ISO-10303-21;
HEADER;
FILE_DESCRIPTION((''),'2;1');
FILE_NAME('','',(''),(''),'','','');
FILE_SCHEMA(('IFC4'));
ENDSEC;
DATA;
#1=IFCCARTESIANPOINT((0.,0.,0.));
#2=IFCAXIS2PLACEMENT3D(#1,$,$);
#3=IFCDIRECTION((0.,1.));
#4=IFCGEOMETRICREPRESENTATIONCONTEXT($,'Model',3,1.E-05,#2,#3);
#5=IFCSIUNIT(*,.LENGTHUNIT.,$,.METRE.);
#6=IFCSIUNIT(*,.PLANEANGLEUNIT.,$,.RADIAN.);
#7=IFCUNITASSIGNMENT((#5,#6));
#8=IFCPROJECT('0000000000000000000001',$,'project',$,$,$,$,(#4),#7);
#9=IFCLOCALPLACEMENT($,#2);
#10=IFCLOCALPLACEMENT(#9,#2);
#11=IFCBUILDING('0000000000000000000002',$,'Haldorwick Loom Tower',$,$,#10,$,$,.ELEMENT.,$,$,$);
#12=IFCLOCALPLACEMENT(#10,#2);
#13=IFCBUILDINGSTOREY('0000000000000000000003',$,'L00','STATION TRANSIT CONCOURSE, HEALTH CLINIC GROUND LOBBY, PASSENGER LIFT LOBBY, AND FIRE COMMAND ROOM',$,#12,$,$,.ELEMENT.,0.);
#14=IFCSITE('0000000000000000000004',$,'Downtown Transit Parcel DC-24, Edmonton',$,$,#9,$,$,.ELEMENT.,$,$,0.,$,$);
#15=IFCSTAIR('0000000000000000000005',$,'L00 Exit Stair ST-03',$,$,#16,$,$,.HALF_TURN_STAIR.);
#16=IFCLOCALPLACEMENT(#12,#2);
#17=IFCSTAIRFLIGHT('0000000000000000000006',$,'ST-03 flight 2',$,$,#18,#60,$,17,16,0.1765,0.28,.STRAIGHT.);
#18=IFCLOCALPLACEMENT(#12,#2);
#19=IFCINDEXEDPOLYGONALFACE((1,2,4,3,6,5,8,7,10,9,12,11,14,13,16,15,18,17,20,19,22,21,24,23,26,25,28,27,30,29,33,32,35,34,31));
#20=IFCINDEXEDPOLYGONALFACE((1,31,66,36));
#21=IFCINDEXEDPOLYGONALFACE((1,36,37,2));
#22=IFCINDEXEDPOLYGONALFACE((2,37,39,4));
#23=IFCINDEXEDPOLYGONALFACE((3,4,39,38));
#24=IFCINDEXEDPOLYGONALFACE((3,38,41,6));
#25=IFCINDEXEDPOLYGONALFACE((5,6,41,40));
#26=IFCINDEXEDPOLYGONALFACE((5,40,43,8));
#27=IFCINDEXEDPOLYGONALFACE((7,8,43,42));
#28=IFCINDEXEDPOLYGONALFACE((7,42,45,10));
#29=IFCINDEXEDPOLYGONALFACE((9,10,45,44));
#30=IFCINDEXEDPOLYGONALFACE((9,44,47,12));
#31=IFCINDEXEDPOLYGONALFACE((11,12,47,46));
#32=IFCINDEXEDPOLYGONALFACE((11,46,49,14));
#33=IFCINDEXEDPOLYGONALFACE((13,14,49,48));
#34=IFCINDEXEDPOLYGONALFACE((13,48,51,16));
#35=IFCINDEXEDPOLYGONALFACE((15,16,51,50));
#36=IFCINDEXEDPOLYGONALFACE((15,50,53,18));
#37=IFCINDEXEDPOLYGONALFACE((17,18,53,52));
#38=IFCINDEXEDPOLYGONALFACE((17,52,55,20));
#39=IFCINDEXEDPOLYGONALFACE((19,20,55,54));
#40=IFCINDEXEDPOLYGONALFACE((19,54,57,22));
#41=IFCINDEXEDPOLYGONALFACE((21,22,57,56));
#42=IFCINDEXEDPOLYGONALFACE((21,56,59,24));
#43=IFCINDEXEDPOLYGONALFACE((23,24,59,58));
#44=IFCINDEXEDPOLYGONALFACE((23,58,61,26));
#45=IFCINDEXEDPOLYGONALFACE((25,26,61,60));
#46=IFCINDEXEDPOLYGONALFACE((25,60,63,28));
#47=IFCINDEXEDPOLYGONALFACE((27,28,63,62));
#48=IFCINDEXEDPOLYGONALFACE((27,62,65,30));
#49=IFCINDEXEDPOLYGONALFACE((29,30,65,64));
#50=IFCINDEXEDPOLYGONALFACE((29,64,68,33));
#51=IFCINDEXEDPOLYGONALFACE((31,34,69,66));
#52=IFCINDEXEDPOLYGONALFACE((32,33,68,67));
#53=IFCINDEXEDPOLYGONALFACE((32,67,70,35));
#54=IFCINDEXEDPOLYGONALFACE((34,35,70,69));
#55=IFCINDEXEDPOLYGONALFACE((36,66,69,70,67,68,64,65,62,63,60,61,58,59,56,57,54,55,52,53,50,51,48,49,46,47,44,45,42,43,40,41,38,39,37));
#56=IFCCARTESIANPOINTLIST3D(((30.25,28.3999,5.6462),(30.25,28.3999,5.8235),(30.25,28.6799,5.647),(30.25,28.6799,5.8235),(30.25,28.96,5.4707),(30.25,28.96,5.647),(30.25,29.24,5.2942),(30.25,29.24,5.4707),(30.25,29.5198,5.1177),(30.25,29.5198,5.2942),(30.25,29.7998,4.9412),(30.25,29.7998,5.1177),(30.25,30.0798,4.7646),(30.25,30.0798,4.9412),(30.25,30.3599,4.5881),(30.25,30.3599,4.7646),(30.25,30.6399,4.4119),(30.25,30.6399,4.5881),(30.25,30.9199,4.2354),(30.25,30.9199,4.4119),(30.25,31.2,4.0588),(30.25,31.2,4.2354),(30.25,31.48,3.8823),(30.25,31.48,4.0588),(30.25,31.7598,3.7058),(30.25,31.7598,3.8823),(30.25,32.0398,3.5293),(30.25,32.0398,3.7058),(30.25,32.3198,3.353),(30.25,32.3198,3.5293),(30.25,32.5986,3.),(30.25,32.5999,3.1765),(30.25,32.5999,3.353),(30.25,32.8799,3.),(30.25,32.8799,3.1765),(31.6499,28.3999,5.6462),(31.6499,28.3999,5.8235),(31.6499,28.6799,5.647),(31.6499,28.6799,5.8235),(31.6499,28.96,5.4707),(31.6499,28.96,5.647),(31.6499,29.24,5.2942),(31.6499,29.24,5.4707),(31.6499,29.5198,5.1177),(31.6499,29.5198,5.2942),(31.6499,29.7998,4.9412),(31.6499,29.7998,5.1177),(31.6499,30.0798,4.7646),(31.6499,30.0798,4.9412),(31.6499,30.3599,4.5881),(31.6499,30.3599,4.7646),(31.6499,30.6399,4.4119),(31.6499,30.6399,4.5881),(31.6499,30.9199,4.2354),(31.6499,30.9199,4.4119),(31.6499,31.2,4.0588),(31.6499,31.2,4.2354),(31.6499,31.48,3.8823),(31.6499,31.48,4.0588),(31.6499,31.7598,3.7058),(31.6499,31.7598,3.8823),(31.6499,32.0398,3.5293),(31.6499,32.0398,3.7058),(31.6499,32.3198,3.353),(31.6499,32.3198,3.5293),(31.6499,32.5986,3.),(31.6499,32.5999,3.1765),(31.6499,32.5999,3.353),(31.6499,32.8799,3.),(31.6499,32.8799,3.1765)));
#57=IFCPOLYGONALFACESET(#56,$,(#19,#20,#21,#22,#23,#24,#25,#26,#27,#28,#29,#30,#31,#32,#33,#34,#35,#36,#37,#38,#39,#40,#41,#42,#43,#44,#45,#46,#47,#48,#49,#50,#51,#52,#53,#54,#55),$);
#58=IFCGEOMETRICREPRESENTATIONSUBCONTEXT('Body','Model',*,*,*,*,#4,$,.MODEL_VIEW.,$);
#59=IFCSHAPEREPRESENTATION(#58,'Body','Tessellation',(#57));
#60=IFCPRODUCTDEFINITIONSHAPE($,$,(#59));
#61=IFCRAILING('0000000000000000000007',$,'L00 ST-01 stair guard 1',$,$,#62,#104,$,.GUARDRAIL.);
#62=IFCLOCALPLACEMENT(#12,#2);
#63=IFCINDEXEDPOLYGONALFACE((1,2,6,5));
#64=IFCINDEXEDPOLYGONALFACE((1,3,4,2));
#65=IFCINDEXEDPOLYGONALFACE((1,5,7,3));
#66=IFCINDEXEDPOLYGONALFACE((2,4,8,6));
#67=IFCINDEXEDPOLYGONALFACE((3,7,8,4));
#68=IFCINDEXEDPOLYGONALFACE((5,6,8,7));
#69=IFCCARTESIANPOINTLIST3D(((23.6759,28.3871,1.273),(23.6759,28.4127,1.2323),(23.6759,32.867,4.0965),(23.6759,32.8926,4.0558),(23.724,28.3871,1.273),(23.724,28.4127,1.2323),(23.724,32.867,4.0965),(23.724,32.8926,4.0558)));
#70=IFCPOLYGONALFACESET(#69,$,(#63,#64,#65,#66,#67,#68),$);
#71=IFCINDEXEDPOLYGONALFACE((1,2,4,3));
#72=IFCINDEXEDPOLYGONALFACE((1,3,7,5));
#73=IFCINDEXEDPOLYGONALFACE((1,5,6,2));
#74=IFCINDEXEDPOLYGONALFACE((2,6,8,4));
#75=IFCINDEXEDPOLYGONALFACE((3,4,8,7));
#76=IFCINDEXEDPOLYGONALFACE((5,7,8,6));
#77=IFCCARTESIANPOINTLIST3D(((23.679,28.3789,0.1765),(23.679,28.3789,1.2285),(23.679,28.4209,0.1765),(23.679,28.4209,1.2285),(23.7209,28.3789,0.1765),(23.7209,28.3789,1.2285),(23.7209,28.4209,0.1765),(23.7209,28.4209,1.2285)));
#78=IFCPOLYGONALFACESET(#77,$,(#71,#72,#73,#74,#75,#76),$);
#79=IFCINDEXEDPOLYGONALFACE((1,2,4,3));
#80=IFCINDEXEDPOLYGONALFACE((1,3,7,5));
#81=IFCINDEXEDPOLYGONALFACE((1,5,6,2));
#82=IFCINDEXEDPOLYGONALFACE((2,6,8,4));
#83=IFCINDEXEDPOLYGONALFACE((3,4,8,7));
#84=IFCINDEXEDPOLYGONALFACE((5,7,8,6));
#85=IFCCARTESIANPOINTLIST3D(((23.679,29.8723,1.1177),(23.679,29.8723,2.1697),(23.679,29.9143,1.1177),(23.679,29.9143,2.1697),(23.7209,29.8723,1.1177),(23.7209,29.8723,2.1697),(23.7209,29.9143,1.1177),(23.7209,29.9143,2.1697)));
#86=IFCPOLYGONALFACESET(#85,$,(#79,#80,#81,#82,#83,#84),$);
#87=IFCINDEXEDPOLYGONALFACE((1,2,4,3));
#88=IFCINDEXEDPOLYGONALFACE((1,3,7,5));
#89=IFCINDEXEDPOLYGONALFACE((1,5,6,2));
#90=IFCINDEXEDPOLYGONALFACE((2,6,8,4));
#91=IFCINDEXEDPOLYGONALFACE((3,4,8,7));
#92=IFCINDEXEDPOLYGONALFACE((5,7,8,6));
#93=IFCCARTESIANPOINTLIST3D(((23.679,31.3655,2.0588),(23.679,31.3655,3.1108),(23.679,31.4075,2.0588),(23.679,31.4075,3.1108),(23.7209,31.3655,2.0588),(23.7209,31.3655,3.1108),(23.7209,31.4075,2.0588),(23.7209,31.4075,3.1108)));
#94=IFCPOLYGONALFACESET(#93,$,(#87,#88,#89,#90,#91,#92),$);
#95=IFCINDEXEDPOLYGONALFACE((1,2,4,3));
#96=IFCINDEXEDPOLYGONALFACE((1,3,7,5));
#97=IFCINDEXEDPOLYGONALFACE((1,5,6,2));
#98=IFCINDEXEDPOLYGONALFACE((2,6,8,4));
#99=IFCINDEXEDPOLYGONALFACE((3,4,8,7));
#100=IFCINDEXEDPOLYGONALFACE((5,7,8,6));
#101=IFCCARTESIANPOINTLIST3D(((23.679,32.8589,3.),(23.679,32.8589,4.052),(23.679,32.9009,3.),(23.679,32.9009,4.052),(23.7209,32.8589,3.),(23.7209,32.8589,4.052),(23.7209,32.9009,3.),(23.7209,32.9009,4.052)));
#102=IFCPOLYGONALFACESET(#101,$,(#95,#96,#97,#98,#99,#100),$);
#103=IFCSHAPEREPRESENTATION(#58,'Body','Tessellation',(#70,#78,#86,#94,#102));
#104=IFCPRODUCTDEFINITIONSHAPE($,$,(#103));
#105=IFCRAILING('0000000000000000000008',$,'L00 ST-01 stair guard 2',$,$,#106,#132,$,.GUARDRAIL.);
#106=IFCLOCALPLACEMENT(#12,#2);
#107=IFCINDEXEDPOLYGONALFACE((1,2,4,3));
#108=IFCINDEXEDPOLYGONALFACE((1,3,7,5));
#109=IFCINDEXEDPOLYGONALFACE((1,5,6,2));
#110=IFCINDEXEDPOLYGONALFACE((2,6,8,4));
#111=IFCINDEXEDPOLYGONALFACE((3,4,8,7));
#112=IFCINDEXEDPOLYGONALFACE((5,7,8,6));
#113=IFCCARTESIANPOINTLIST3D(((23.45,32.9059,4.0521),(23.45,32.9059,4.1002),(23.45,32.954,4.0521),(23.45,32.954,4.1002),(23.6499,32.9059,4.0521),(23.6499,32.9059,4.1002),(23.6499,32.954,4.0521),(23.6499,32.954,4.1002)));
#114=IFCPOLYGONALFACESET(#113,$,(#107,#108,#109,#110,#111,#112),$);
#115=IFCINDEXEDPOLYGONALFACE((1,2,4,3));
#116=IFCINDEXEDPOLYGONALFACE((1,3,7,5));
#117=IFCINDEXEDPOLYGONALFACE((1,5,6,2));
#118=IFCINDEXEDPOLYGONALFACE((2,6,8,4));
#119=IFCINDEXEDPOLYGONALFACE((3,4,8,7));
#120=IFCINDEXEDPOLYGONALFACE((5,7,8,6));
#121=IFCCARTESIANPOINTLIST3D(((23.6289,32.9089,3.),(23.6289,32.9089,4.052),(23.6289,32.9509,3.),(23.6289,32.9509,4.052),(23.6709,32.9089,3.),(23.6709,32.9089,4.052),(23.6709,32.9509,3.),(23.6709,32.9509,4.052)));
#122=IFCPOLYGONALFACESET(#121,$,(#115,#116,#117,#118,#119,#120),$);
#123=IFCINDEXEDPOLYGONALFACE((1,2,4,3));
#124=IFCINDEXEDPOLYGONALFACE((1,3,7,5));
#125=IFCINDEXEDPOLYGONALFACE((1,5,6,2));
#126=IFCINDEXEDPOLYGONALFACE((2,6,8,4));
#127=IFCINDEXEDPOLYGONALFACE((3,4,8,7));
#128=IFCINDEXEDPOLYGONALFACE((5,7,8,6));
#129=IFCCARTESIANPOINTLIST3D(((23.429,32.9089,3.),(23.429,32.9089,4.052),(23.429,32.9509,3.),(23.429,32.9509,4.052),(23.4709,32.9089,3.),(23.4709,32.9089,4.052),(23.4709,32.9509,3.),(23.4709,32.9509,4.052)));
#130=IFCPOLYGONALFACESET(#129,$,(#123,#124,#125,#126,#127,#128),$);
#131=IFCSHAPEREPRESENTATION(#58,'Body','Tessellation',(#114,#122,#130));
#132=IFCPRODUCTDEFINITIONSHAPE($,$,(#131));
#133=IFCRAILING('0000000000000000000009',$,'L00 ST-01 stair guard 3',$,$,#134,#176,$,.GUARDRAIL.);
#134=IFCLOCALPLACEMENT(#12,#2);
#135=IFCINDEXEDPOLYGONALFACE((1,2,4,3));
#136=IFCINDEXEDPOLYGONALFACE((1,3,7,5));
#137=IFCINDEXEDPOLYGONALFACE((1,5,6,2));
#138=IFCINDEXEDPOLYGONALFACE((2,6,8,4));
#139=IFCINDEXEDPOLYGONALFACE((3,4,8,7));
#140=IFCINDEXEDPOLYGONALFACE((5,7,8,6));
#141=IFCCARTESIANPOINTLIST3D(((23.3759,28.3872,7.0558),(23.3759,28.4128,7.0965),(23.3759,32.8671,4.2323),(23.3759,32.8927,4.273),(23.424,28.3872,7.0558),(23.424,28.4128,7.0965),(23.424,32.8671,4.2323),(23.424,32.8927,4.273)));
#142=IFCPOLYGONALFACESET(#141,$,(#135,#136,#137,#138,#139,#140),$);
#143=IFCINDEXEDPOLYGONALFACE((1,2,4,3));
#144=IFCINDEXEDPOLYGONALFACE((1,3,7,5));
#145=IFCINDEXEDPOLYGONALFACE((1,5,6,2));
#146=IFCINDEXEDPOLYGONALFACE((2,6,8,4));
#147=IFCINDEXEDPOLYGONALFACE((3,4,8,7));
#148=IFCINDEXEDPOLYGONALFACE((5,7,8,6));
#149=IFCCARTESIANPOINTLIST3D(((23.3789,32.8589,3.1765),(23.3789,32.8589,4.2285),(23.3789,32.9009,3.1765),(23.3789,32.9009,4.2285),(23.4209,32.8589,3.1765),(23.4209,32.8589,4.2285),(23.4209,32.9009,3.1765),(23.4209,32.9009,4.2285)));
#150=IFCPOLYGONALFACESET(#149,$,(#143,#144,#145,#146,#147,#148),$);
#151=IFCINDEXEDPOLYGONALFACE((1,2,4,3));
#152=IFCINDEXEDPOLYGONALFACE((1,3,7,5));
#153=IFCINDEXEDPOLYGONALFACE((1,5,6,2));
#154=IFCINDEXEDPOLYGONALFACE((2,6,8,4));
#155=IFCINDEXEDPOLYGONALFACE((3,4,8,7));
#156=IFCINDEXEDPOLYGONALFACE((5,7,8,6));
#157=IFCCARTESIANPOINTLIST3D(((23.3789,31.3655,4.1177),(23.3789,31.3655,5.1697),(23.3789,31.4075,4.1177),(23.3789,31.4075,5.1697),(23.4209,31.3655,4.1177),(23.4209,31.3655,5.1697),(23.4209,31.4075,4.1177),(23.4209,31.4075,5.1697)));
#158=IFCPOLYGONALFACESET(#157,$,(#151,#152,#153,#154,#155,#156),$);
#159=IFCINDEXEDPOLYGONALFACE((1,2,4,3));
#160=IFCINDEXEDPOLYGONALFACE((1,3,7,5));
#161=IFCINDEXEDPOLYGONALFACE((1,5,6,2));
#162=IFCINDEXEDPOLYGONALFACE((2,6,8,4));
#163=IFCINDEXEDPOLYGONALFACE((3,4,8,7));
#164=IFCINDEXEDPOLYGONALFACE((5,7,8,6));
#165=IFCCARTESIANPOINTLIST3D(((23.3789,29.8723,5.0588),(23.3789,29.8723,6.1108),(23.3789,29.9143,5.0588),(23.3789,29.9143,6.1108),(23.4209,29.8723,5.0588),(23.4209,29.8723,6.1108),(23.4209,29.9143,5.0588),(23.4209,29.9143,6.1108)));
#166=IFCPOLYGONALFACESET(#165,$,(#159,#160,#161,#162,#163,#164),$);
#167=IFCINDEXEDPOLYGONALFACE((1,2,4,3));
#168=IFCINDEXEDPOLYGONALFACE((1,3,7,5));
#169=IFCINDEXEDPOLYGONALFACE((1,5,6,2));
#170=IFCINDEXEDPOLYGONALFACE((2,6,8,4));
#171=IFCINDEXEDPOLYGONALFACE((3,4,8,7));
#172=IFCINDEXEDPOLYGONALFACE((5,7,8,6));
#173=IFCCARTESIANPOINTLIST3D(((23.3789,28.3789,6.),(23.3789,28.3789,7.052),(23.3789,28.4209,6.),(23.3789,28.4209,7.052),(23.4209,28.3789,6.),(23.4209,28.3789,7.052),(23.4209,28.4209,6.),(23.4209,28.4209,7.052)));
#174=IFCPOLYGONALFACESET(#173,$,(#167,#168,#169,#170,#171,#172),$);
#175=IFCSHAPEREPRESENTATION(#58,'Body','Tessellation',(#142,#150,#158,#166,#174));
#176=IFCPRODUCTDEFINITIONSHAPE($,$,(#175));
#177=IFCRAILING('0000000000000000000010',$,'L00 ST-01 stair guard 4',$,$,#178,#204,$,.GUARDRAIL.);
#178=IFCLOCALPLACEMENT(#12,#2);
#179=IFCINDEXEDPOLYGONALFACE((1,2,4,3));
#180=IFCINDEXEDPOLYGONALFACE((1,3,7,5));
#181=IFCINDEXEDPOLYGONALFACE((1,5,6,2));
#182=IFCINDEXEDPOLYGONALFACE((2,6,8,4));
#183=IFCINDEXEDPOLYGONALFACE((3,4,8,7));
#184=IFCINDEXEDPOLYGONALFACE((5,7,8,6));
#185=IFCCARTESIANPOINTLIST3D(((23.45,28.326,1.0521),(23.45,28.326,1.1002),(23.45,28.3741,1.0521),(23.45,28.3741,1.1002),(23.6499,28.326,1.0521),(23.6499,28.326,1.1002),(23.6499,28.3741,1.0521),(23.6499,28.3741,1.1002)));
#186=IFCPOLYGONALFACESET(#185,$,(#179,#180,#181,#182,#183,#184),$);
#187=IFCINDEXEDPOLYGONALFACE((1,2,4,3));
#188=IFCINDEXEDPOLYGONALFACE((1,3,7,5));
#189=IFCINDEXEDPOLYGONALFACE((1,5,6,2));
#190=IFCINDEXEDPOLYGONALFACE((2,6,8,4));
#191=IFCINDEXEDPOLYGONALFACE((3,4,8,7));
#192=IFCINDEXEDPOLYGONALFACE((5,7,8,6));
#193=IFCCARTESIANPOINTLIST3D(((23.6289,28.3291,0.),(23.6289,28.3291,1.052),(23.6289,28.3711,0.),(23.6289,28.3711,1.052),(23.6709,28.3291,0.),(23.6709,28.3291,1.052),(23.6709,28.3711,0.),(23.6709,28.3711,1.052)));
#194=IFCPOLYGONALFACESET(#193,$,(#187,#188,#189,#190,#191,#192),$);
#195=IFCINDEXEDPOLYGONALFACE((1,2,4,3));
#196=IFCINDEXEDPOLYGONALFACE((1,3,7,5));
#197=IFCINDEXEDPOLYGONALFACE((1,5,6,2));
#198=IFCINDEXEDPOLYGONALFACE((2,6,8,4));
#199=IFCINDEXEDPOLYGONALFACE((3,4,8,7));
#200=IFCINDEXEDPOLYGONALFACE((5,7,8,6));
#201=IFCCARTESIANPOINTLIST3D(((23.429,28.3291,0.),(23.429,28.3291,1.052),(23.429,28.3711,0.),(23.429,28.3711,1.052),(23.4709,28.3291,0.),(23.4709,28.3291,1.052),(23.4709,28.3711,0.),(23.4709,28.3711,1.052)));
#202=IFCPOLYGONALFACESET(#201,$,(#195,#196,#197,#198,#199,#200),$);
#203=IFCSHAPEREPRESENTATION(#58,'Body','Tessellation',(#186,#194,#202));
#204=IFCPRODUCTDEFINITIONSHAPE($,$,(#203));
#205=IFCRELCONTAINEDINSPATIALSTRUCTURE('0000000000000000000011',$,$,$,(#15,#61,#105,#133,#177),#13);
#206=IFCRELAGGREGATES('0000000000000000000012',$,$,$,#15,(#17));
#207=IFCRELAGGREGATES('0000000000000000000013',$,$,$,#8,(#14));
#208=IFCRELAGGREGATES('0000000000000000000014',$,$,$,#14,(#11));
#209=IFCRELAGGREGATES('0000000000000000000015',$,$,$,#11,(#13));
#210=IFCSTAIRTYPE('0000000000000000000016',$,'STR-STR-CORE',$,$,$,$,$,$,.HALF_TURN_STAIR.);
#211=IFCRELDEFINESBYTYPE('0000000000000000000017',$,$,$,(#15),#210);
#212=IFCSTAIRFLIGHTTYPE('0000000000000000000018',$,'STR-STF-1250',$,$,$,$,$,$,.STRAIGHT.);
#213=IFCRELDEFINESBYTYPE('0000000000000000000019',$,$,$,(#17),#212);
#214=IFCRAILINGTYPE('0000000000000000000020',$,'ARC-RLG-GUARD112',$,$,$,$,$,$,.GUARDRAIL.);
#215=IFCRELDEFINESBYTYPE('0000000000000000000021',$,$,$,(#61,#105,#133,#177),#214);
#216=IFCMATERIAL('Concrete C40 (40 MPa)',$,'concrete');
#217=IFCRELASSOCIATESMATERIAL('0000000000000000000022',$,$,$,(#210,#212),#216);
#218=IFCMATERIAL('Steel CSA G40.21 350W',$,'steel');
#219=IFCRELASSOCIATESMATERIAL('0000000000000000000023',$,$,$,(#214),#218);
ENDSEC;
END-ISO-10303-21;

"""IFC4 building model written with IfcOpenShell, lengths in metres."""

from ifc_helpers import new_model, si_unit, direction, frame, origin, origin_2d, place, context, subcontext, project, spatial, polyline, rectangle, outline, extrude, material, type_object, element, aggregate, save


model = new_model("IFC4")

# Units and contexts
model_context = context("Model", 3, precision=1e-05, world=origin(), true_north=direction((0.0, 1.0)))
body_context = subcontext(model_context, "Body", "Model", "MODEL_VIEW")
ifc_project = project(units=[si_unit("LENGTHUNIT", "METRE"), si_unit("PLANEANGLEUNIT", "RADIAN")], contexts=[model_context])

# Site, building, storey
site_placement = place(None, origin())
site = spatial("IfcSite", under=ifc_project, at=site_placement, Name="Downtown Transit Parcel DC-24, Edmonton", CompositionType="ELEMENT", RefElevation=0.0)
building_placement = place(site_placement, origin())
building = spatial("IfcBuilding", under=site, at=building_placement, Name="Haldorwick Loom Tower", CompositionType="ELEMENT")
storey_placement = place(building_placement, origin())
storey = spatial("IfcBuildingStorey", under=building, at=storey_placement, Name="L00", Description="STATION TRANSIT CONCOURSE, HEALTH CLINIC GROUND LOBBY, PASSENGER LIFT LOBBY, AND FIRE COMMAND ROOM", CompositionType="ELEMENT", Elevation=0.0)

# Shared definitions
ifc_material_1 = material(Name="Steel CSA G40.21 350W", Category="steel")

# Stair, stair flight
ifc_material_2 = material(Name="Concrete C40 (40 MPa)", Category="concrete")
stair_type = type_object("IfcStairType", Name="STR-STR-CORE", PredefinedType="HALF_TURN_STAIR", material=ifc_material_2)
stair_flight_type = type_object("IfcStairFlightType", Name="STR-STF-1250", PredefinedType="STRAIGHT", material=ifc_material_2)
stair_1_placement = place(storey_placement, origin())
stair_1 = element("IfcStair", 1, at=stair_1_placement, inside=storey, type_object=stair_type, Name="L00 Exit Stair ST-03", PredefinedType="HALF_TURN_STAIR")
stair_flight_1_placement = place(storey_placement, frame((30.95, 32.8799, 3.0), z_axis=(0.0, 0.0, 1.0), x_axis=(0.0, -1.0, 0.0)))
stair_flight_1 = element("IfcStairFlight", 2, at=stair_flight_1_placement, type_object=stair_flight_type, Name="ST-03 flight 2", NumberOfRisers=17, NumberOfTreads=16, PredefinedType="STRAIGHT", RiserHeight=0.1765, TreadLength=0.28, context=body_context, shape_type="SweptSolid", body=[
    extrude(outline(polyline([(0.0, 0.0), (0.0, 0.1765), (0.28, 0.1765), (0.28, 0.353), (0.5601, 0.353), (0.5601, 0.5293), (0.8401, 0.5293), (0.8401, 0.7058), (1.1201, 0.7058), (1.1201, 0.8823), (1.3999, 0.8823), (1.3999, 1.0588), (1.6799, 1.0588), (1.6799, 1.2354), (1.96, 1.2354), (1.96, 1.4119), (2.24, 1.4119), (2.24, 1.5881), (2.52, 1.5881), (2.52, 1.7646), (2.8, 1.7646), (2.8, 1.9412), (3.0801, 1.9412), (3.0801, 2.1177), (3.3601, 2.1177), (3.3601, 2.2942), (3.6399, 2.2942), (3.6399, 2.4707), (3.9199, 2.4707), (3.9199, 2.647), (4.2, 2.647), (4.2, 2.8235), (4.48, 2.8235), (4.48, 3.0), (4.48, 2.6462), (0.2812, 0.0), (0.0, 0.0)])), frame((0.0, 0.7, 0.0), z_axis=(0.0, -1.0, 0.0), x_axis=(1.0, 0.0, 0.0)), (0.0, 0.0, 1.0), 1.3999),
])
aggregate(stair_1, [stair_flight_1])

# Railings
railing_type_1 = type_object("IfcRailingType", Name="ARC-RLG-GUARD112", PredefinedType="GUARDRAIL", material=ifc_material_1)
railing_1_placement = place(storey_placement, frame((23.7, 28.3999, 0.1765)))
element("IfcRailing", 3, at=railing_1_placement, inside=storey, type_object=railing_type_1, Name="L00 ST-01 stair guard 1", PredefinedType="GUARDRAIL", context=body_context, shape_type="SweptSolid", body=[
    extrude(rectangle(XDim=0.0481, YDim=0.0481, at=origin_2d()), frame((0.0, 0.0, 1.0762), z_axis=(0.0, 0.845998, 0.533186), x_axis=(-1.0, 0.0, 0.0)), (0.0, 0.0, 1.0), 5.2954),
    extrude(rectangle(XDim=0.042, YDim=0.042, at=origin_2d()), origin(), (0.0, 0.0, 1.0), 1.052),
    extrude(rectangle(XDim=0.042, YDim=0.042, at=origin_2d()), frame((0.0, 1.4934, 0.9412)), (0.0, 0.0, 1.0), 1.052),
    extrude(rectangle(XDim=0.042, YDim=0.042, at=origin_2d()), frame((0.0, 2.9866, 1.8823)), (0.0, 0.0, 1.0), 1.052),
    extrude(rectangle(XDim=0.042, YDim=0.042, at=origin_2d()), frame((0.0, 4.48, 2.8235)), (0.0, 0.0, 1.0), 1.052),
])
railing_2_placement = place(storey_placement, frame((23.6499, 32.9299, 3.0)))
element("IfcRailing", 4, at=railing_2_placement, inside=storey, type_object=railing_type_1, Name="L00 ST-01 stair guard 2", PredefinedType="GUARDRAIL", context=body_context, shape_type="SweptSolid", body=[
    extrude(rectangle(XDim=0.0481, YDim=0.0481, at=origin_2d()), frame((0.0, 0.0, 1.0762), z_axis=(-1.0, 0.0, 0.0), x_axis=(0.0, -1.0, 0.0)), (0.0, 0.0, 1.0), 0.2),
    extrude(rectangle(XDim=0.042, YDim=0.042, at=origin_2d()), origin(), (0.0, 0.0, 1.0), 1.052),
    extrude(rectangle(XDim=0.042, YDim=0.042, at=origin_2d()), frame((-0.2, 0.0, 0.0)), (0.0, 0.0, 1.0), 1.052),
])
railing_3_placement = place(storey_placement, frame((23.3999, 32.8799, 3.1765)))
element("IfcRailing", 5, at=railing_3_placement, inside=storey, type_object=railing_type_1, Name="L00 ST-01 stair guard 3", PredefinedType="GUARDRAIL", context=body_context, shape_type="SweptSolid", body=[
    extrude(rectangle(XDim=0.0481, YDim=0.0481, at=origin_2d()), frame((0.0, 0.0, 1.0762), z_axis=(0.0, -0.845998, 0.533186), x_axis=(1.0, 0.0, 0.0)), (0.0, 0.0, 1.0), 5.2954),
    extrude(rectangle(XDim=0.042, YDim=0.042, at=origin_2d()), origin(), (0.0, 0.0, 1.0), 1.052),
    extrude(rectangle(XDim=0.042, YDim=0.042, at=origin_2d()), frame((0.0, -1.4934, 0.9412)), (0.0, 0.0, 1.0), 1.052),
    extrude(rectangle(XDim=0.042, YDim=0.042, at=origin_2d()), frame((0.0, -2.9866, 1.8823)), (0.0, 0.0, 1.0), 1.052),
    extrude(rectangle(XDim=0.042, YDim=0.042, at=origin_2d()), frame((0.0, -4.48, 2.8235)), (0.0, 0.0, 1.0), 1.052),
])
railing_4_placement = place(storey_placement, frame((23.6499, 28.3501, 0.0)))
element("IfcRailing", 6, at=railing_4_placement, inside=storey, type_object=railing_type_1, Name="L00 ST-01 stair guard 4", PredefinedType="GUARDRAIL", context=body_context, shape_type="SweptSolid", body=[
    extrude(rectangle(XDim=0.0481, YDim=0.0481, at=origin_2d()), frame((0.0, 0.0, 1.0762), z_axis=(-1.0, 0.0, 0.0), x_axis=(0.0, -1.0, 0.0)), (0.0, 0.0, 1.0), 0.2),
    extrude(rectangle(XDim=0.042, YDim=0.042, at=origin_2d()), origin(), (0.0, 0.0, 1.0), 1.052),
    extrude(rectangle(XDim=0.042, YDim=0.042, at=origin_2d()), frame((-0.2, 0.0, 0.0)), (0.0, 0.0, 1.0), 1.052),
])

save(model, "model.ifc")
